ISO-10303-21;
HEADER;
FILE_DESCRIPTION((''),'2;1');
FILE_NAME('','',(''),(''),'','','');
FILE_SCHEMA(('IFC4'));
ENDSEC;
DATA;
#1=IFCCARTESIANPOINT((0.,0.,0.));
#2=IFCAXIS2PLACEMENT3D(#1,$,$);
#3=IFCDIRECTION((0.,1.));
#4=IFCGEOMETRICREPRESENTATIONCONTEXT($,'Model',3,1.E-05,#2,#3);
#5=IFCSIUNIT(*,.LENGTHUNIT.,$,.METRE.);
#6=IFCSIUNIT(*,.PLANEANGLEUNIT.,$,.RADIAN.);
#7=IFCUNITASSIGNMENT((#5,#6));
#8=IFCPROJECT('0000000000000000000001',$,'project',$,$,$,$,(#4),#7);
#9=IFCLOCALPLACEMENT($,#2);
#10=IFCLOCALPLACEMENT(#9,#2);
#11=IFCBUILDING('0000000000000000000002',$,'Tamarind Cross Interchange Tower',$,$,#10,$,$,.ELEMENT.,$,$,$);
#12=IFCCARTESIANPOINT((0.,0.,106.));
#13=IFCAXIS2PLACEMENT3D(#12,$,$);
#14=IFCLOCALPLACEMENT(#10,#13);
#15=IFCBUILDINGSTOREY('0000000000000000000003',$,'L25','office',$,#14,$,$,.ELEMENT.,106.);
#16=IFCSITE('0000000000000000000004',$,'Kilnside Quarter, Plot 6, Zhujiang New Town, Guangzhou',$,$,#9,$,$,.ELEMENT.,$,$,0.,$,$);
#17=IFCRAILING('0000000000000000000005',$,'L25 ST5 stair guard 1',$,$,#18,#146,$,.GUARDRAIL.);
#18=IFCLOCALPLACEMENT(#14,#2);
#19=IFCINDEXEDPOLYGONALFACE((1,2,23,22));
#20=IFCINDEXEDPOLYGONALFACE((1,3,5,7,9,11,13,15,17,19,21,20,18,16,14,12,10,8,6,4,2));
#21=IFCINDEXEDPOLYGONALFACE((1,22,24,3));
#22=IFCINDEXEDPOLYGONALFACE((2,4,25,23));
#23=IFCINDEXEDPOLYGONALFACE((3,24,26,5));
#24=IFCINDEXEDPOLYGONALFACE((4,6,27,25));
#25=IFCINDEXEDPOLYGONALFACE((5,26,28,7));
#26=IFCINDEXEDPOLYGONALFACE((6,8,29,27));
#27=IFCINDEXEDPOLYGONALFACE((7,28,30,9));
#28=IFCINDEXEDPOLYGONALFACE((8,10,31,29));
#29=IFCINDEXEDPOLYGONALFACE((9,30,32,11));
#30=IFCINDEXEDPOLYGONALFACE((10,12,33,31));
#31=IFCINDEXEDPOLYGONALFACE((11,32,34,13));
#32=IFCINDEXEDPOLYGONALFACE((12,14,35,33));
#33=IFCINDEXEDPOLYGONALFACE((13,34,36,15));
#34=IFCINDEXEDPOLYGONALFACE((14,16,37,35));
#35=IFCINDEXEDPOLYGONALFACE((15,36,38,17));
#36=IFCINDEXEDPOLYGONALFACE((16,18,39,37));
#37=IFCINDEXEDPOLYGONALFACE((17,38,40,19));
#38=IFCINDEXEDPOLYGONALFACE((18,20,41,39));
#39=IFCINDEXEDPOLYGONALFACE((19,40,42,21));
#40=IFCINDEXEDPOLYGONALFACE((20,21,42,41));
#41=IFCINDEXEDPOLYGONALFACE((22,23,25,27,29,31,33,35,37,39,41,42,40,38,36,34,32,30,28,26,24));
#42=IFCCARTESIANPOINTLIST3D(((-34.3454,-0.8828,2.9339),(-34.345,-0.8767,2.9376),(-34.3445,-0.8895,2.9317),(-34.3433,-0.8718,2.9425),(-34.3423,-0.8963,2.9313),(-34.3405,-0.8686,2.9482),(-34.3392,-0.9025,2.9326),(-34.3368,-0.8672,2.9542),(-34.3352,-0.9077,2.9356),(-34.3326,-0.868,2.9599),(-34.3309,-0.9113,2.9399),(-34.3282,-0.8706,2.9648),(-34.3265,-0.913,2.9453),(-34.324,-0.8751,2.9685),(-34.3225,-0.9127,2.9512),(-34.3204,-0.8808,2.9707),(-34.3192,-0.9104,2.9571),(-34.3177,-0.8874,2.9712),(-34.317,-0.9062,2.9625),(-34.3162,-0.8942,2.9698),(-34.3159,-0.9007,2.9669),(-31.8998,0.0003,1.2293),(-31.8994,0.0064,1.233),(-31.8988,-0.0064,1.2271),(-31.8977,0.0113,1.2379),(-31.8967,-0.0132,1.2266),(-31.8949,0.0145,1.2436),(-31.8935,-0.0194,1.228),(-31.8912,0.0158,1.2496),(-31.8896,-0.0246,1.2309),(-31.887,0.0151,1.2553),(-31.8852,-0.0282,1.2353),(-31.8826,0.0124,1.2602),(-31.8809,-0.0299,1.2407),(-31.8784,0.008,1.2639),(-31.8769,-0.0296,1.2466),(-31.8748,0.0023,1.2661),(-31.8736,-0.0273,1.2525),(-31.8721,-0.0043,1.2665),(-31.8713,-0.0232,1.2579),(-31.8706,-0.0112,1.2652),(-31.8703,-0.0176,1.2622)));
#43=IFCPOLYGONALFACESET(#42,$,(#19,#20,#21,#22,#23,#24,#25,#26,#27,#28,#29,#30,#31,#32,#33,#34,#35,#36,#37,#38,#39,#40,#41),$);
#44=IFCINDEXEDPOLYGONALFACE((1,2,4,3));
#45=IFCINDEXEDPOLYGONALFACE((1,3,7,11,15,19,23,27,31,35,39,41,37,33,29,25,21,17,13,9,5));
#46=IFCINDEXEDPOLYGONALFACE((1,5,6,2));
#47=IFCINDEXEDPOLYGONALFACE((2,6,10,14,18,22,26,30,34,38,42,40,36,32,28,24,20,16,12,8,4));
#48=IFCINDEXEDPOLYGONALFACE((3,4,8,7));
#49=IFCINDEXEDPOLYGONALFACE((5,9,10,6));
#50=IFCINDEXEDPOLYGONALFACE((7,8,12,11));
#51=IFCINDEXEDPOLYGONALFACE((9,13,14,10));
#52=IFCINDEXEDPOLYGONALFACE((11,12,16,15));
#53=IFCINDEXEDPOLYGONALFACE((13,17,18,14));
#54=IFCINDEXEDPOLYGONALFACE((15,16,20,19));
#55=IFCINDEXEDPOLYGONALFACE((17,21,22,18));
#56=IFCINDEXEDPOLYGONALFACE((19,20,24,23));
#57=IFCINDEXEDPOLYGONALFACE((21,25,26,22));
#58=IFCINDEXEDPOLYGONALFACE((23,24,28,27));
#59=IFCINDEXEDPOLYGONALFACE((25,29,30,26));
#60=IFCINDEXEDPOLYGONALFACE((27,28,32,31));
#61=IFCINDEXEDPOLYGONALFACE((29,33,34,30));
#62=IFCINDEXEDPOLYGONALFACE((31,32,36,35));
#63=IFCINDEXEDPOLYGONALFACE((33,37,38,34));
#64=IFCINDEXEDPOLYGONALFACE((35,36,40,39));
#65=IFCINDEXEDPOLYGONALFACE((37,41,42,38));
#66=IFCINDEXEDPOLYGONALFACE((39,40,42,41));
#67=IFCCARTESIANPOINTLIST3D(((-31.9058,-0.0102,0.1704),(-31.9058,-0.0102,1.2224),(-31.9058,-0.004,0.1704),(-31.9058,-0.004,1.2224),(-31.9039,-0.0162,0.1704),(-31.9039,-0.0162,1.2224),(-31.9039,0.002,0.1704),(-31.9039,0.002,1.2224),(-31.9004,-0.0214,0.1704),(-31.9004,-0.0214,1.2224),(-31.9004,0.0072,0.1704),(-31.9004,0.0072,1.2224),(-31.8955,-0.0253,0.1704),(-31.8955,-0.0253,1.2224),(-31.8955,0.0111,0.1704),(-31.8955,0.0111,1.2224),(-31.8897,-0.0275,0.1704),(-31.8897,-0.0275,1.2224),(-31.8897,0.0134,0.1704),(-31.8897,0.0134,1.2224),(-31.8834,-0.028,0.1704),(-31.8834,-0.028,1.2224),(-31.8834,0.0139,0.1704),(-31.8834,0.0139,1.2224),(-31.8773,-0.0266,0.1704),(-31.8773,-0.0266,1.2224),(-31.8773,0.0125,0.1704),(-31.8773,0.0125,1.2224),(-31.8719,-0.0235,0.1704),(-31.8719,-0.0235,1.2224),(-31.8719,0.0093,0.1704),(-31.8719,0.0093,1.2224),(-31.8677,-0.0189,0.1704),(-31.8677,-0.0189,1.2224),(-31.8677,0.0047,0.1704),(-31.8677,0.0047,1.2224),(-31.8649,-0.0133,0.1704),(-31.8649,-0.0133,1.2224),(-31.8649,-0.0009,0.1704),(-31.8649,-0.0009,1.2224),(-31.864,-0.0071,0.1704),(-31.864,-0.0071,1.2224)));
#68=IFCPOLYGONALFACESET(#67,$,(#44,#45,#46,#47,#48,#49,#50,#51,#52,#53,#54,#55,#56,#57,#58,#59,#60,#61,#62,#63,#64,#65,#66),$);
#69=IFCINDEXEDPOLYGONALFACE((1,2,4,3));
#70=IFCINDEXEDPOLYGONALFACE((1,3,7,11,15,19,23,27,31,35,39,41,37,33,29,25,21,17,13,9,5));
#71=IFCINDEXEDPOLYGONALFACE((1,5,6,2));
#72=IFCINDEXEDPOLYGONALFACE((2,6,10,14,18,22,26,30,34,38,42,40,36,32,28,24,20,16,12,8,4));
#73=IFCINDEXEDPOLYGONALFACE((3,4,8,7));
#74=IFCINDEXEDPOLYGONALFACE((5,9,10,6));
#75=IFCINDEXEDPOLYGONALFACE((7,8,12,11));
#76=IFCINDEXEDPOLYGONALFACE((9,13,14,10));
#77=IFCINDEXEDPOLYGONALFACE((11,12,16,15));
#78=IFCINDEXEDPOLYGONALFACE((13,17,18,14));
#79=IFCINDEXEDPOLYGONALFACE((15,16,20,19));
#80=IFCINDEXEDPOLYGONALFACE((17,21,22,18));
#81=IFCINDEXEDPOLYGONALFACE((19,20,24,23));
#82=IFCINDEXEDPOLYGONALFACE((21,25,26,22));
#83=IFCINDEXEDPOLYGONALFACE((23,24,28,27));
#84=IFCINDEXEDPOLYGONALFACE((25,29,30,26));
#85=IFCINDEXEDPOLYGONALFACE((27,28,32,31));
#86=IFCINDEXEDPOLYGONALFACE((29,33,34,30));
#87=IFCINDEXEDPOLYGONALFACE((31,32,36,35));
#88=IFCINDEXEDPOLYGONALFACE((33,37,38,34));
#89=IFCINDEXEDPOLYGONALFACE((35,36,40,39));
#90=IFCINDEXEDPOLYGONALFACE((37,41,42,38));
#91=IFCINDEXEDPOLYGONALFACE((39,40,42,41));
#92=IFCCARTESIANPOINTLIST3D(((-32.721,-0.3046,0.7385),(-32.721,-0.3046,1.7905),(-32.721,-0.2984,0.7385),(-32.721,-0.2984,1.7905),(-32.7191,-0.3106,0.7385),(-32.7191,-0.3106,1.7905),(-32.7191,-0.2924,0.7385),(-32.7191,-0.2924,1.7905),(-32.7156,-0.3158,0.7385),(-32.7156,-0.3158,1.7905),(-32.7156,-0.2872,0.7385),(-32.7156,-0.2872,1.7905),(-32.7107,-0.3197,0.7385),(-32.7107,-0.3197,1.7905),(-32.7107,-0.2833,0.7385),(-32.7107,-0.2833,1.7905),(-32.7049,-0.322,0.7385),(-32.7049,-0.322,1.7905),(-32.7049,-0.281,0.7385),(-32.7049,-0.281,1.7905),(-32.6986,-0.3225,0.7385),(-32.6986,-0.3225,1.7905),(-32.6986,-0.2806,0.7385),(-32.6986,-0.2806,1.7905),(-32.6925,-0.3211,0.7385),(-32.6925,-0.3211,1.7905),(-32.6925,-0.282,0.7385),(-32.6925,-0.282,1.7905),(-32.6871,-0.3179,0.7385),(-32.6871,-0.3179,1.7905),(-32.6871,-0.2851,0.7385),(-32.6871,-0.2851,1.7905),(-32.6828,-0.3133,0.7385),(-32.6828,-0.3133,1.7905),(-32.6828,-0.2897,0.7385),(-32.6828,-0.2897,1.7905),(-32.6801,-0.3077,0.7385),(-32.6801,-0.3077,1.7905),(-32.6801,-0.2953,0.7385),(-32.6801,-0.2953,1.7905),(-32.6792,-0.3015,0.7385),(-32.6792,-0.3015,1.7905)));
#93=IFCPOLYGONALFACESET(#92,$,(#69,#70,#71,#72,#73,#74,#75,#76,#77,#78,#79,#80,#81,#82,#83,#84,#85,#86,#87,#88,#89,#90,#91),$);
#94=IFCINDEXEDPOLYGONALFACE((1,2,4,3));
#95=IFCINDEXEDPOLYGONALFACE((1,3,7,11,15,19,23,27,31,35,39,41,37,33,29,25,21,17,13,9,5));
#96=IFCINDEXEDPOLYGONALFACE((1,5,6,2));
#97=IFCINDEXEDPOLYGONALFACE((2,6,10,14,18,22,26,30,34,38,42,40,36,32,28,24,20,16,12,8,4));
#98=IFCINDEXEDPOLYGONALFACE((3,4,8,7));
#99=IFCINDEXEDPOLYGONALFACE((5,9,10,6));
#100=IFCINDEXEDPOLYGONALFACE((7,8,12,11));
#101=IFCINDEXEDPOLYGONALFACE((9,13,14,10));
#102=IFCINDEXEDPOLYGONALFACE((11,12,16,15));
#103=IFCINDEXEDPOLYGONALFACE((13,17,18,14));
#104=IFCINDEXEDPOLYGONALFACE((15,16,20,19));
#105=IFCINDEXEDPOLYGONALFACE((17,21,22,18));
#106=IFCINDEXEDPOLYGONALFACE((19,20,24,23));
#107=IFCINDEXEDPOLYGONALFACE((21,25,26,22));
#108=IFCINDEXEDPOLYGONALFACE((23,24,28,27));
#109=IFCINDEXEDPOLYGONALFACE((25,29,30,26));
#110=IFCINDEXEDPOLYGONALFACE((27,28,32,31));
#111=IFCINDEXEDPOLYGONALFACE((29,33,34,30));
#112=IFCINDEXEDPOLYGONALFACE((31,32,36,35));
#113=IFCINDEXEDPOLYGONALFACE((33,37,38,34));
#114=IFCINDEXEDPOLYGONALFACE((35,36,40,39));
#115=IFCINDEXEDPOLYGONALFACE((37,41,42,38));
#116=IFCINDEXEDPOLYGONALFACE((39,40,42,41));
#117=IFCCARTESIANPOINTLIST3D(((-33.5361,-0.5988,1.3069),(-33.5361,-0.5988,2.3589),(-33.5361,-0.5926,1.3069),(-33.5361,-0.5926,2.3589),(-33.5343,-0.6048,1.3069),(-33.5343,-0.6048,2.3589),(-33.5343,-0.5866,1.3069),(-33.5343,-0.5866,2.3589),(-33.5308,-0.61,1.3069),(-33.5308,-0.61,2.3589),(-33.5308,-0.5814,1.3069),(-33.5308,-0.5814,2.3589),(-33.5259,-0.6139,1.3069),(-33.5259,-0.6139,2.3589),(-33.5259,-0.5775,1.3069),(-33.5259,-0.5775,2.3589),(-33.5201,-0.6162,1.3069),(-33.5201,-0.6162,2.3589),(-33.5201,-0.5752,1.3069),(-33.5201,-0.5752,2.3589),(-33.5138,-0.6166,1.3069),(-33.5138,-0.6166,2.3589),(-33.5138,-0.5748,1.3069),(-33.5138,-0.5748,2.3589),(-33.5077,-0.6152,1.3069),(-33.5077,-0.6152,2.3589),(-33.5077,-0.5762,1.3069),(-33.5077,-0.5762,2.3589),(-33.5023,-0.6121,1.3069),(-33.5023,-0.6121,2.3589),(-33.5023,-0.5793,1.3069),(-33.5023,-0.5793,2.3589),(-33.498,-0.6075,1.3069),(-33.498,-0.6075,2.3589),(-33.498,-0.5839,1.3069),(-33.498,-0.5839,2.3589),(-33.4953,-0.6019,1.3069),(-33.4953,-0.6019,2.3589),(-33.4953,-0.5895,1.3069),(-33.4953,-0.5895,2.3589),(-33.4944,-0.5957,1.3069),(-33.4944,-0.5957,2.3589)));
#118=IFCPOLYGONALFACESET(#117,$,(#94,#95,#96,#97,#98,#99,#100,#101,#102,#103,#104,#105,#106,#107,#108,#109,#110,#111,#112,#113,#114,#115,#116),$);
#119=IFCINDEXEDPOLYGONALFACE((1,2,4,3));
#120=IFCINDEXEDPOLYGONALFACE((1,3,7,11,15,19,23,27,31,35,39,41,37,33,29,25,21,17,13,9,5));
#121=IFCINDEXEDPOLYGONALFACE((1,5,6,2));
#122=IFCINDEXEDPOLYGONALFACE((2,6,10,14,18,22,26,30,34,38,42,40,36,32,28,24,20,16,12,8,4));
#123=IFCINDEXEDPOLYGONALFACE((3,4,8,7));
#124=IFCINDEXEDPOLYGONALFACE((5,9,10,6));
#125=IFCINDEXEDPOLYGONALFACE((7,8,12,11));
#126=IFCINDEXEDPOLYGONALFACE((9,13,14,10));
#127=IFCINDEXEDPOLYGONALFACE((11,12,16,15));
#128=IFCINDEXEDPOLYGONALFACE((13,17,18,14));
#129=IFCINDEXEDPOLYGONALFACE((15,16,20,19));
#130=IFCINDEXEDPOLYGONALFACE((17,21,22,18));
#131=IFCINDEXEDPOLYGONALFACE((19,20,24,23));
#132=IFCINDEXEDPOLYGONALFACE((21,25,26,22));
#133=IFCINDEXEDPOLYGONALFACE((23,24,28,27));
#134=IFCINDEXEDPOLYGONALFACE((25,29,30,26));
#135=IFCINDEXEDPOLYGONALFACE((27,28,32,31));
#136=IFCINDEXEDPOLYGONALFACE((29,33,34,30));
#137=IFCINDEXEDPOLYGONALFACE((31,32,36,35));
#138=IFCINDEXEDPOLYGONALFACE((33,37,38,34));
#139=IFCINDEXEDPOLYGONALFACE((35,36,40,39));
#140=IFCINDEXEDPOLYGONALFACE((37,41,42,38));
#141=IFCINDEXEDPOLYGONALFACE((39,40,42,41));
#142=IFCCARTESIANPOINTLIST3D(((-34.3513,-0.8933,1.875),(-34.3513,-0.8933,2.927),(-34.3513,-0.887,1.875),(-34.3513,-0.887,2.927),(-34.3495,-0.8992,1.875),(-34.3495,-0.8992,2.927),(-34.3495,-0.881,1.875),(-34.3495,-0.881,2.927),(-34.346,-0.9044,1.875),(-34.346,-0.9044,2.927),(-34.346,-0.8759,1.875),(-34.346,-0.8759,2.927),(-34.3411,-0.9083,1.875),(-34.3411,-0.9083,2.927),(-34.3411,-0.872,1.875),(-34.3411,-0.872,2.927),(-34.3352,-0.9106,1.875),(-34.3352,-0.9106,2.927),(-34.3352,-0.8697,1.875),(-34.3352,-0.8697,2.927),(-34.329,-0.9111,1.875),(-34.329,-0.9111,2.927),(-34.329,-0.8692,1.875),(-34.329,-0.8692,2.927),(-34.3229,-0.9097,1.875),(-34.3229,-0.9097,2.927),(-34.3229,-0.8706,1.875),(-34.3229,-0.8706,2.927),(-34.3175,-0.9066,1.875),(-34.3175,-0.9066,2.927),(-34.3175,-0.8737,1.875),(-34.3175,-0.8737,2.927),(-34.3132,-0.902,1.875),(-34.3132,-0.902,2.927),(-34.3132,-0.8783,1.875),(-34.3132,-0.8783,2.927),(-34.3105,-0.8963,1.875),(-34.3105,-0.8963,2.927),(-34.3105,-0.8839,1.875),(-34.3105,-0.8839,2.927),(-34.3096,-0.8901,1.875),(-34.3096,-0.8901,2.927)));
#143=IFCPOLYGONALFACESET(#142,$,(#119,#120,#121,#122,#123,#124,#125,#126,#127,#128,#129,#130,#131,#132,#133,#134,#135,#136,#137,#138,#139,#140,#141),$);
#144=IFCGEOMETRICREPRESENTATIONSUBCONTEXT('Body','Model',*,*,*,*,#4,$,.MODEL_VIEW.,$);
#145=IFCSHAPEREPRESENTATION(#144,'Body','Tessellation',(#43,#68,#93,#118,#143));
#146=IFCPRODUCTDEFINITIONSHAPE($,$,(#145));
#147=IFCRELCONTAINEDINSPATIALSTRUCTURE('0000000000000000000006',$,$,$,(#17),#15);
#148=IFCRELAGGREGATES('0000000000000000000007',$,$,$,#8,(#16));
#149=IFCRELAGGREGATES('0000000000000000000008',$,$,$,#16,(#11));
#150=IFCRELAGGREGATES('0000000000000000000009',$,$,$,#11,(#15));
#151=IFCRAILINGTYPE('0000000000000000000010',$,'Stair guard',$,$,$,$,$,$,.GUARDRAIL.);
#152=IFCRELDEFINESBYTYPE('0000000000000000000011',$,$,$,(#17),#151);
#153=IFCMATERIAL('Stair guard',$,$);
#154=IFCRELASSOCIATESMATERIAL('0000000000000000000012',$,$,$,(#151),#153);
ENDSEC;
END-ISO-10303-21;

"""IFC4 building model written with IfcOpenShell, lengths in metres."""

from ifc_helpers import new_model, si_unit, direction, frame, origin, origin_2d, place, context, subcontext, project, spatial, circle, extrude, material, type_object, element, save


model = new_model("IFC4")

# Units and contexts
model_context = context("Model", 3, precision=1e-05, world=origin(), true_north=direction((0.0, 1.0)))
body_context = subcontext(model_context, "Body", "Model", "MODEL_VIEW")
ifc_project = project(units=[si_unit("LENGTHUNIT", "METRE"), si_unit("PLANEANGLEUNIT", "RADIAN")], contexts=[model_context])

# Site, building, storey
site_placement = place(None, origin())
site = spatial("IfcSite", under=ifc_project, at=site_placement, Name="Kilnside Quarter, Plot 6, Zhujiang New Town, Guangzhou", CompositionType="ELEMENT", RefElevation=0.0)
building_placement = place(site_placement, origin())
building = spatial("IfcBuilding", under=site, at=building_placement, Name="Tamarind Cross Interchange Tower", CompositionType="ELEMENT")
storey_placement = place(building_placement, frame((0.0, 0.0, 106.0)))
storey = spatial("IfcBuildingStorey", under=building, at=storey_placement, Name="L25", Description="office", CompositionType="ELEMENT", Elevation=106.0)

# Railing
ifc_material_1 = material(Name="Stair guard")
railing_type_1 = type_object("IfcRailingType", Name="Stair guard", PredefinedType="GUARDRAIL", material=ifc_material_1)
railing_1_placement = place(storey_placement, frame((-31.885, -0.0071, 0.1704)))
element("IfcRailing", 1, at=railing_1_placement, inside=storey, type_object=railing_type_1, Name="L25 ST5 stair guard 1", PredefinedType="GUARDRAIL", context=body_context, shape_type="SweptSolid", body=[
    extrude(circle(Radius=0.0239, at=origin_2d()), frame((0.0, 0.0, 1.0762), z_axis=(-0.786594, -0.284028, 0.548268), x_axis=(0.339624, -0.940561, 0.0)), (0.0, 0.0, 1.0), 3.1091),
    extrude(circle(Radius=0.021, at=origin_2d()), origin(), (0.0, 0.0, 1.0), 1.052),
    extrude(circle(Radius=0.021, at=origin_2d()), frame((-0.8152, -0.2944, 0.5681)), (0.0, 0.0, 1.0), 1.052),
    extrude(circle(Radius=0.021, at=origin_2d()), frame((-1.6304, -0.5886, 1.1365)), (0.0, 0.0, 1.0), 1.052),
    extrude(circle(Radius=0.021, at=origin_2d()), frame((-2.4456, -0.8831, 1.7046)), (0.0, 0.0, 1.0), 1.052),
])

save(model, "model.ifc")
